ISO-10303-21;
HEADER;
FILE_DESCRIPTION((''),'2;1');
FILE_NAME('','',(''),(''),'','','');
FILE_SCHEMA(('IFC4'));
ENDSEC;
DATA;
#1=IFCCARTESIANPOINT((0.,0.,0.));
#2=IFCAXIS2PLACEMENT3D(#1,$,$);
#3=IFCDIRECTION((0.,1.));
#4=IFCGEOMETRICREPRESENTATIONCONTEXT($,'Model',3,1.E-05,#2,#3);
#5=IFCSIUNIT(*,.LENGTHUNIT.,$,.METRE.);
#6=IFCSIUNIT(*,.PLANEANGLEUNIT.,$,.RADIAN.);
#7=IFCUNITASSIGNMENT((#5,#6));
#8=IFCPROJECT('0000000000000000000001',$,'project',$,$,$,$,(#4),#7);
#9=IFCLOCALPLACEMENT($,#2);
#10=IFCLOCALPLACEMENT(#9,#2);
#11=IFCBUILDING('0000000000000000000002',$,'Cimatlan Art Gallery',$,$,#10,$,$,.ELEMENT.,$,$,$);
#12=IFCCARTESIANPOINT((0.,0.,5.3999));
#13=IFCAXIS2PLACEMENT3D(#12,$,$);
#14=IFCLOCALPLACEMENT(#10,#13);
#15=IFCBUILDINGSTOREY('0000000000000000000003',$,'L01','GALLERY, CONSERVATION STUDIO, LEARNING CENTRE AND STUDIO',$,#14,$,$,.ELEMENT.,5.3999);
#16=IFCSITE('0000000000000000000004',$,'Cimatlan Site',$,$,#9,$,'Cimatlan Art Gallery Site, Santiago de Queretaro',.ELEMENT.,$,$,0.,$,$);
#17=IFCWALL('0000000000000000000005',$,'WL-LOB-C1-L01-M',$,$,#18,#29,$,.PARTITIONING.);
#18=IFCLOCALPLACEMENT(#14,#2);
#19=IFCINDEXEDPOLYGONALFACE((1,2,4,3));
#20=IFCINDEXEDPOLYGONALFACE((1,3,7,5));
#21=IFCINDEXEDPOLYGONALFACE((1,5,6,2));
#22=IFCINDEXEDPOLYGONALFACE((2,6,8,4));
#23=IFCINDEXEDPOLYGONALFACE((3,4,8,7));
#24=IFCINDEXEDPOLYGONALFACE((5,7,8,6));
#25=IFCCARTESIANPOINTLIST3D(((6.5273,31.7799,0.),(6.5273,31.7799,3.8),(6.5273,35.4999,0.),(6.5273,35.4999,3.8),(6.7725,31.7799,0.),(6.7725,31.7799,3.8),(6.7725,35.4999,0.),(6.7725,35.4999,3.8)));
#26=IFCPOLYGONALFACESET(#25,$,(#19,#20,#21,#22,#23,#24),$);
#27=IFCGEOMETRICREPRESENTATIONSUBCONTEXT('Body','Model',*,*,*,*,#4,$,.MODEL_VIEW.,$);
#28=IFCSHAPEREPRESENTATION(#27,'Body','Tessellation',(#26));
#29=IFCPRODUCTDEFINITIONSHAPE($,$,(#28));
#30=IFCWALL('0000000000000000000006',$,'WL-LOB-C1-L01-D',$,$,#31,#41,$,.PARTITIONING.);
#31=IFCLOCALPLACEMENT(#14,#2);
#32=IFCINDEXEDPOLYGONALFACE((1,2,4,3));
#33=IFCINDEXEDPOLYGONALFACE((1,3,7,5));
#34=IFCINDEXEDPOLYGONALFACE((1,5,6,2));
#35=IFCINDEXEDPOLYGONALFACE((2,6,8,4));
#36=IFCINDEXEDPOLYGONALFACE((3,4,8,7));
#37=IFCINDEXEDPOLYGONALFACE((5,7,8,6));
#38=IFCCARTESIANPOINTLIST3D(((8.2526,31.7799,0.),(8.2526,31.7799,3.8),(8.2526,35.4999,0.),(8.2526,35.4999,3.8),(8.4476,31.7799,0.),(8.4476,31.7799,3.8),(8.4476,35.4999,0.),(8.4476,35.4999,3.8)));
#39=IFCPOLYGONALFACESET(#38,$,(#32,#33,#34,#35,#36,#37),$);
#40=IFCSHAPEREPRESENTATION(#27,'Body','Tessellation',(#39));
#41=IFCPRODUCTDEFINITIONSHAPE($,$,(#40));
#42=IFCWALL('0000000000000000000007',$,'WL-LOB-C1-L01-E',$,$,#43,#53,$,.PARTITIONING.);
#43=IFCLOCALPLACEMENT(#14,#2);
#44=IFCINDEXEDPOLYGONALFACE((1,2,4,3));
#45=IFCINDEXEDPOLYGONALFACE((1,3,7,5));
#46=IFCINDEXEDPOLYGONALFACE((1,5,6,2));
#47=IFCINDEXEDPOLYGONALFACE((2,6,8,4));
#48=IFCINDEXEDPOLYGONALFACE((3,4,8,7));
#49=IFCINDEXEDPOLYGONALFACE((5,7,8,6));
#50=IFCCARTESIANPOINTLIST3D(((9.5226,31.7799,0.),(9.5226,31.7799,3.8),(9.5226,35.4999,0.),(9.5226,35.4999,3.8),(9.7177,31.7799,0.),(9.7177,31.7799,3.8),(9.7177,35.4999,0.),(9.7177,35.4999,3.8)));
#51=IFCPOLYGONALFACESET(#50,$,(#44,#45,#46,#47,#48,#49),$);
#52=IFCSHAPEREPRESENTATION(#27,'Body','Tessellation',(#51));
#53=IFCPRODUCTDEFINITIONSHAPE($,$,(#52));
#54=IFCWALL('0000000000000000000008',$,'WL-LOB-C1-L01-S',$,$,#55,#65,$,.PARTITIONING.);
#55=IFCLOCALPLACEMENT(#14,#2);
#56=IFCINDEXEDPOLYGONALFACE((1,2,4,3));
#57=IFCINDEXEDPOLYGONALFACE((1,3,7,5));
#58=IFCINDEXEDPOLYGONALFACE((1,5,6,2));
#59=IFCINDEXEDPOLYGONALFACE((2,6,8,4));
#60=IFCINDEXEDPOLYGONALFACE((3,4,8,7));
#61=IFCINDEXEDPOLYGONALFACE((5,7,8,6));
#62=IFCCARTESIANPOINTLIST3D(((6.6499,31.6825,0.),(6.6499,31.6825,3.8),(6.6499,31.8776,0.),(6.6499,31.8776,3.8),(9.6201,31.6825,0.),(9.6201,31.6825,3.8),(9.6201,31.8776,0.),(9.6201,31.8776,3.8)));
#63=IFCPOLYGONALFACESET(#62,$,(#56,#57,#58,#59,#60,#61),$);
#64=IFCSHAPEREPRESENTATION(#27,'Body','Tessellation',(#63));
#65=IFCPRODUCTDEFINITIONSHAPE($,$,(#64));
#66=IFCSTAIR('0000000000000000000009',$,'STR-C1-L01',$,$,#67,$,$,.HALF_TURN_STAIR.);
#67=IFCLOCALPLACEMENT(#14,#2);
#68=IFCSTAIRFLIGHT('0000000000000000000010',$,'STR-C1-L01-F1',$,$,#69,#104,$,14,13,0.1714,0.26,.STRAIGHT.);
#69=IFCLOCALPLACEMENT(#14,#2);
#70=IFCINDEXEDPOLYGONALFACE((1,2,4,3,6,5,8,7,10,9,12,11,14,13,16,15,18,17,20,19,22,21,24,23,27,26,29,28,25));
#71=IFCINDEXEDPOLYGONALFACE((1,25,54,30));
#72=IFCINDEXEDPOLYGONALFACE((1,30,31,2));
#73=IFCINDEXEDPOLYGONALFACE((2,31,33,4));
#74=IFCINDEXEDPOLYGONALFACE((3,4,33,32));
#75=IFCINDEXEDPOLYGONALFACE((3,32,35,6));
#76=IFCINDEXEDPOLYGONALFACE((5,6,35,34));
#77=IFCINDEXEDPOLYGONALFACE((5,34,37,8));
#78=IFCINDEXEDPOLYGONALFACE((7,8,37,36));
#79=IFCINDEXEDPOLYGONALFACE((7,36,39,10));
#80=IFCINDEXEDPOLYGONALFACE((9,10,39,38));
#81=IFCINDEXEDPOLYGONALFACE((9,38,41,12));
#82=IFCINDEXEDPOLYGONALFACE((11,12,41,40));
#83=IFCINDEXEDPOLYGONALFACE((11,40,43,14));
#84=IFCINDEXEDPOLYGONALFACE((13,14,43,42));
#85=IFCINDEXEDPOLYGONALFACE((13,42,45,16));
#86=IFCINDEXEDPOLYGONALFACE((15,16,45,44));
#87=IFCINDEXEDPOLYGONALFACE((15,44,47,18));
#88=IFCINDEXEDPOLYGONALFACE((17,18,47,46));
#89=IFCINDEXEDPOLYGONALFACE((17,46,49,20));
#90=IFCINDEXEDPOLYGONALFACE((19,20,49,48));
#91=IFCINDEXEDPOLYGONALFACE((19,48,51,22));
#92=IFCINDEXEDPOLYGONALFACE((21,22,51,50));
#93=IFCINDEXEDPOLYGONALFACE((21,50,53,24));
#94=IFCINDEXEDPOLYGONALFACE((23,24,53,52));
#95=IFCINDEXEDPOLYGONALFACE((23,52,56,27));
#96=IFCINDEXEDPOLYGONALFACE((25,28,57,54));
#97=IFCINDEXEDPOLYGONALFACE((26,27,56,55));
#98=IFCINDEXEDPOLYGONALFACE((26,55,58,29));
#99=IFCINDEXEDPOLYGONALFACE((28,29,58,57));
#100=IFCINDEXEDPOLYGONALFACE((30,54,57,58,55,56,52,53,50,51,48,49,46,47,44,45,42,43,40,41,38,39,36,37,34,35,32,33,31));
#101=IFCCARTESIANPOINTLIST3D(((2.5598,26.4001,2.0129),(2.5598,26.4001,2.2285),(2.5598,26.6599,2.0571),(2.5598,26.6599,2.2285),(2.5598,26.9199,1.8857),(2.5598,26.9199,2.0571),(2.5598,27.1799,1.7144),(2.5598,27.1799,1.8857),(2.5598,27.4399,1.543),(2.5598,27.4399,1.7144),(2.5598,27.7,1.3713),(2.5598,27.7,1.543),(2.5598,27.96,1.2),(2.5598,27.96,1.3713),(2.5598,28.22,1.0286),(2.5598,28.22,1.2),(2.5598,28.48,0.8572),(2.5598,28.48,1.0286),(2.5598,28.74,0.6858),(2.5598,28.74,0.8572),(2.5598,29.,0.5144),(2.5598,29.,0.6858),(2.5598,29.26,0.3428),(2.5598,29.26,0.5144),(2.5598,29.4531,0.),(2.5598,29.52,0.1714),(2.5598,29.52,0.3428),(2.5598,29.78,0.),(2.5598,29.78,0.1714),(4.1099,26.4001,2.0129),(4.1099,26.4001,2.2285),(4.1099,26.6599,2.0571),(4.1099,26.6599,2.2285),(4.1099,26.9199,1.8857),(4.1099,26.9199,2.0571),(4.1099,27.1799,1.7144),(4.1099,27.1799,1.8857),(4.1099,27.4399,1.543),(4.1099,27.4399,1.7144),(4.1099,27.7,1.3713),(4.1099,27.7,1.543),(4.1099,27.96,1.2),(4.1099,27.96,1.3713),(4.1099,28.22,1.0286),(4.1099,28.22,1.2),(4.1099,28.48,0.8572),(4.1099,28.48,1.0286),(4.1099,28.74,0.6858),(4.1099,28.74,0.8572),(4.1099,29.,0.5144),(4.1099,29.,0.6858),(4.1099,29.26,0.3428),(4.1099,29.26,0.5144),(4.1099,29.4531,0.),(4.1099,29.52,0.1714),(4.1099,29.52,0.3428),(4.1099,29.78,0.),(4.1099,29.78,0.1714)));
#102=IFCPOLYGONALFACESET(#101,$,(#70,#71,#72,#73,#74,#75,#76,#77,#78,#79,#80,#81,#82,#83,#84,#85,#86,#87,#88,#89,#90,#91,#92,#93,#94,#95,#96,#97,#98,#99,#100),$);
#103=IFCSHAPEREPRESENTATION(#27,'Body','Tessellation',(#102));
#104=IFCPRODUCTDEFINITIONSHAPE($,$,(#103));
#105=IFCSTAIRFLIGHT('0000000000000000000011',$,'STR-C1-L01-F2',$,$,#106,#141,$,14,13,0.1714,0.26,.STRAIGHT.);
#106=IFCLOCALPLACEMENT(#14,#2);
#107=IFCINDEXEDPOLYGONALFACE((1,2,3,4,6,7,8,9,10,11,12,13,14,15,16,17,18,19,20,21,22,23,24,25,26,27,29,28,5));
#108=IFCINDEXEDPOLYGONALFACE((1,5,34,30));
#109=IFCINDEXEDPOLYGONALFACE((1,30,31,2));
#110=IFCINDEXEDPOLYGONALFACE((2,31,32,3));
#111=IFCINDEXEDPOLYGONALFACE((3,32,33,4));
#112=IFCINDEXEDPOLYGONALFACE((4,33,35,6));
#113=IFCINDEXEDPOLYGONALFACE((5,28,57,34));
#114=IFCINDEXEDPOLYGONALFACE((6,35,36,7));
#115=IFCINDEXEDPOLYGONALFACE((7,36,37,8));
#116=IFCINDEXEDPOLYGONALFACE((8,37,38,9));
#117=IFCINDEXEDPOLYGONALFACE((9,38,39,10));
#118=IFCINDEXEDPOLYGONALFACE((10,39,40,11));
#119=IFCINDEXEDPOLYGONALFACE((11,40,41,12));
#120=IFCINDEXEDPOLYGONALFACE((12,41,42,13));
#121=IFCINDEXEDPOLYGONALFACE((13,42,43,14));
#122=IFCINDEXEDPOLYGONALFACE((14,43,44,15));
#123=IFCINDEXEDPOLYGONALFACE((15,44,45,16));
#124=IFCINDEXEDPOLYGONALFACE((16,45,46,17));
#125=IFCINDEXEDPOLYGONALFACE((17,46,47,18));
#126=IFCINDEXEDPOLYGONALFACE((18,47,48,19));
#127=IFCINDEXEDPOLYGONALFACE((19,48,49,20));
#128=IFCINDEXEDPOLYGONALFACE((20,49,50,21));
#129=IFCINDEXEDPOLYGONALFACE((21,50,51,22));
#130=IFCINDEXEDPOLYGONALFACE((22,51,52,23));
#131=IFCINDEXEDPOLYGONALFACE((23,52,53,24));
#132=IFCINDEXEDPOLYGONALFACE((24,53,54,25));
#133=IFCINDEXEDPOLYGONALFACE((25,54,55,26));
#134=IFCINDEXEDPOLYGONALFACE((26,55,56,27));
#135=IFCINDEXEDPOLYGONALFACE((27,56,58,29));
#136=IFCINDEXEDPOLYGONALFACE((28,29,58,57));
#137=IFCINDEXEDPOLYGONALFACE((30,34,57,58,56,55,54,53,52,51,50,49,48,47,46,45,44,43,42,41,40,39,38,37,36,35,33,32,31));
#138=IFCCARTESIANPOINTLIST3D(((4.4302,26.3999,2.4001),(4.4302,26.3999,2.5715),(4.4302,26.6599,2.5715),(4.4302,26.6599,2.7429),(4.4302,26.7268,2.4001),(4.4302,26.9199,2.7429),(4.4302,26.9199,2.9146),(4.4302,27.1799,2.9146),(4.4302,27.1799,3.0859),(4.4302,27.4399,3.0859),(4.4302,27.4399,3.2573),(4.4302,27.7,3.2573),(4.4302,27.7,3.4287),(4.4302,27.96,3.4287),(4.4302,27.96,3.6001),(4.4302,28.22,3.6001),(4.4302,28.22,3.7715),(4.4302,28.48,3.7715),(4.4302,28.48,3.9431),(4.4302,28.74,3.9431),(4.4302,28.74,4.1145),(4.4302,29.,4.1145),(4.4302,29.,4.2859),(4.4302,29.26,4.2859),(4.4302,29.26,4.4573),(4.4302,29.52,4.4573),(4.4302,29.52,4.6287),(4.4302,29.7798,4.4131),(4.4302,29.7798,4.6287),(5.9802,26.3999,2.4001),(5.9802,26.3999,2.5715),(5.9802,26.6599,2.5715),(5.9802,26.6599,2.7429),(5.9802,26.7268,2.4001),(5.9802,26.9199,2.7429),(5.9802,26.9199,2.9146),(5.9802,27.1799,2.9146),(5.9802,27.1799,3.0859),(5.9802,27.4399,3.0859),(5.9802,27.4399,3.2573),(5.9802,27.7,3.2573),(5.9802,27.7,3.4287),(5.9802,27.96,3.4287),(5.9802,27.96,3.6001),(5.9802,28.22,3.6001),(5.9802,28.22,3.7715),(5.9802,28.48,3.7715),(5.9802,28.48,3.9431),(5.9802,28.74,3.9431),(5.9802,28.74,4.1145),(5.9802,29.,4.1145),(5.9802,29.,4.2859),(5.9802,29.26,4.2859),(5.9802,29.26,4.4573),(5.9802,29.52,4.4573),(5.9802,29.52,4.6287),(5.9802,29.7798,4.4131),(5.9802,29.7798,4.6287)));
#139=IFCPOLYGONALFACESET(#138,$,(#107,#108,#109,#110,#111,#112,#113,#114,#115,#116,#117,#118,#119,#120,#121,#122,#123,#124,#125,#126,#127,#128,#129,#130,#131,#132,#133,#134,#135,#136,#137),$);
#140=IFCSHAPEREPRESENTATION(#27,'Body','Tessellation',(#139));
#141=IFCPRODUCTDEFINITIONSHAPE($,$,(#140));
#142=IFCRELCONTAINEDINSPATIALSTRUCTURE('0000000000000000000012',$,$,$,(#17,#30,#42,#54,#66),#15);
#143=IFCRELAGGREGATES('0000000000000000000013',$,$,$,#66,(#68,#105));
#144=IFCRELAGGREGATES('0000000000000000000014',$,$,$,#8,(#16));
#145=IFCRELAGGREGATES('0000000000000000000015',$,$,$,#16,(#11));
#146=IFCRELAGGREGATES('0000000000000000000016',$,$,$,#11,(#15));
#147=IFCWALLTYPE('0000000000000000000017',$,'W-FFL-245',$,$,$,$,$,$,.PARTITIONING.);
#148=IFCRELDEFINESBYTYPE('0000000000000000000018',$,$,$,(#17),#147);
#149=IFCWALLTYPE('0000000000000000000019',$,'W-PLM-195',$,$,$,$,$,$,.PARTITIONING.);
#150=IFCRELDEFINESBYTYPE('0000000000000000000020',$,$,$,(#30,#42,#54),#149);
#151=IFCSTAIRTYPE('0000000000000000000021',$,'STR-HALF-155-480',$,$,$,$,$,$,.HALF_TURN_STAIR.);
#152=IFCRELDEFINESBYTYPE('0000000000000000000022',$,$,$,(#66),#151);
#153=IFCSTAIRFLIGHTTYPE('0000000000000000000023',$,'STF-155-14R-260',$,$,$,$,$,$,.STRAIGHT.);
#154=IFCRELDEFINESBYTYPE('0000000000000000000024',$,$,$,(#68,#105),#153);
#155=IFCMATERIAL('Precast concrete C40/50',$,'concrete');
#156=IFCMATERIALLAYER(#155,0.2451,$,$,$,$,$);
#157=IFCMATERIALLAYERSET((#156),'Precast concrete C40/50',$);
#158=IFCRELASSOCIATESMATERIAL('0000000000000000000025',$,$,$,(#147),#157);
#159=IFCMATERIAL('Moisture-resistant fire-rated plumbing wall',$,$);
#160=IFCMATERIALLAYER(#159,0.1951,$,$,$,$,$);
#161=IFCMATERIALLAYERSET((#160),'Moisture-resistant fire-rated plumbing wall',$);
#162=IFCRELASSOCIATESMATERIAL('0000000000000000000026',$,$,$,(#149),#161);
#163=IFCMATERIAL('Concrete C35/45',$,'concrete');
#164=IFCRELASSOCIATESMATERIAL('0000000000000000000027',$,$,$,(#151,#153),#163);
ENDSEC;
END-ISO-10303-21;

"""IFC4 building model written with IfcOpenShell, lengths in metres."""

from ifc_helpers import new_model, si_unit, direction, frame, frame_2d, origin, place, context, subcontext, project, spatial, polyline, rectangle, outline, extrude, material, layer, layer_set, type_object, element, aggregate, save


model = new_model("IFC4")

# Units and contexts
model_context = context("Model", 3, precision=1e-05, world=origin(), true_north=direction((0.0, 1.0)))
body_context = subcontext(model_context, "Body", "Model", "MODEL_VIEW")
ifc_project = project(units=[si_unit("LENGTHUNIT", "METRE"), si_unit("PLANEANGLEUNIT", "RADIAN")], contexts=[model_context])

# Site, building, storey
site_placement = place(None, origin())
site = spatial("IfcSite", under=ifc_project, at=site_placement, Name="Cimatlan Site", LongName="Cimatlan Art Gallery Site, Santiago de Queretaro", CompositionType="ELEMENT", RefElevation=0.0)
building_placement = place(site_placement, origin())
building = spatial("IfcBuilding", under=site, at=building_placement, Name="Cimatlan Art Gallery", CompositionType="ELEMENT")
storey_placement = place(building_placement, frame((0.0, 0.0, 5.3999)))
storey = spatial("IfcBuildingStorey", under=building, at=storey_placement, Name="L01", Description="GALLERY, CONSERVATION STUDIO, LEARNING CENTRE AND STUDIO", CompositionType="ELEMENT", Elevation=5.3999)

# Walls
ifc_material_1 = material(Name="Precast concrete C40/50", Category="concrete")
ifc_layer_1 = layer(ifc_material_1, 0.2451)
ifc_layer_set_1 = layer_set([ifc_layer_1], Name="Precast concrete C40/50")
wall_type_1 = type_object("IfcWallType", Name="W-FFL-245", PredefinedType="PARTITIONING", material=ifc_layer_set_1)
wall_1_placement = place(storey_placement, frame((6.6499, 31.78, 0.0), z_axis=(0.0, 0.0, 1.0), x_axis=(0.0, 1.0, 0.0)))
element("IfcWall", 1, at=wall_1_placement, inside=storey, type_object=wall_type_1, Name="WL-LOB-C1-L01-M", PredefinedType="PARTITIONING", context=body_context, shape_type="SweptSolid", body=[
    extrude(rectangle(XDim=3.72, YDim=0.2451, at=frame_2d((1.8599, 0.0))), origin(), (0.0, 0.0, 1.0), 3.8),
])
ifc_material_2 = material(Name="Moisture-resistant fire-rated plumbing wall")
ifc_layer_2 = layer(ifc_material_2, 0.1951)
ifc_layer_set_2 = layer_set([ifc_layer_2], Name="Moisture-resistant fire-rated plumbing wall")
wall_type_2 = type_object("IfcWallType", Name="W-PLM-195", PredefinedType="PARTITIONING", material=ifc_layer_set_2)
for number, where, z_axis, x_axis, name in (
    (2, (8.3501, 31.78, 0.0), (0.0, 0.0, 1.0), (0.0, 1.0, 0.0), "WL-LOB-C1-L01-D"),
    (3, (9.6201, 31.78, 0.0), (0.0, 0.0, 1.0), (0.0, 1.0, 0.0), "WL-LOB-C1-L01-E"),
):
    element("IfcWall", number, at=place(storey_placement, frame(where, z_axis=z_axis, x_axis=x_axis)), inside=storey, type_object=wall_type_2, Name=name, PredefinedType="PARTITIONING", context=body_context, shape_type="SweptSolid", body=[
        extrude(rectangle(XDim=3.72, YDim=0.1951, at=frame_2d((1.8599, 0.0))), origin(), (0.0, 0.0, 1.0), 3.8),
    ])
wall_2_placement = place(storey_placement, frame((6.6499, 31.78, 0.0), z_axis=(0.0, 0.0, 1.0), x_axis=(1.0, 0.0, 0.0)))
element("IfcWall", 4, at=wall_2_placement, inside=storey, type_object=wall_type_2, Name="WL-LOB-C1-L01-S", PredefinedType="PARTITIONING", context=body_context, shape_type="SweptSolid", body=[
    extrude(rectangle(XDim=2.9702, YDim=0.1951, at=frame_2d((1.4851, 0.0))), origin(), (0.0, 0.0, 1.0), 3.8),
])

# Stair, stair flights
ifc_material_3 = material(Name="Concrete C35/45", Category="concrete")
stair_type = type_object("IfcStairType", Name="STR-HALF-155-480", PredefinedType="HALF_TURN_STAIR", material=ifc_material_3)
stair_placement = place(storey_placement, origin())
stair = element("IfcStair", 5, at=stair_placement, inside=storey, type_object=stair_type, Name="STR-C1-L01", PredefinedType="HALF_TURN_STAIR")
stair_flight_type = type_object("IfcStairFlightType", Name="STF-155-14R-260", PredefinedType="STRAIGHT", material=ifc_material_3)
stair_flight_1_placement = place(storey_placement, frame((3.335, 29.78, 0.0), z_axis=(0.0, 0.0, 1.0), x_axis=(0.0, -1.0, 0.0)))
stair_flight_1 = element("IfcStairFlight", 6, at=stair_flight_1_placement, type_object=stair_flight_type, Name="STR-C1-L01-F1", NumberOfRisers=14, NumberOfTreads=13, PredefinedType="STRAIGHT", RiserHeight=0.1714, TreadLength=0.26, context=body_context, shape_type="SweptSolid", body=[
    extrude(outline(polyline([(0.0, 0.0), (0.0, 0.1714), (0.26, 0.1714), (0.26, 0.3428), (0.52, 0.3428), (0.52, 0.5144), (0.78, 0.5144), (0.78, 0.6858), (1.04, 0.6858), (1.04, 0.8572), (1.3, 0.8572), (1.3, 1.0286), (1.5601, 1.0286), (1.5601, 1.2), (1.8201, 1.2), (1.8201, 1.3713), (2.0801, 1.3713), (2.0801, 1.543), (2.3401, 1.543), (2.3401, 1.7144), (2.6001, 1.7144), (2.6001, 1.8857), (2.8601, 1.8857), (2.8601, 2.0571), (3.1201, 2.0571), (3.1201, 2.2285), (3.3799, 2.2285), (3.3799, 2.3999), (3.3799, 2.0129), (0.3269, 0.0), (0.0, 0.0)])), frame((0.0, 0.7749, 0.0), z_axis=(0.0, -1.0, 0.0), x_axis=(1.0, 0.0, 0.0)), (0.0, 0.0, 1.0), 1.55),
])
stair_flight_2_placement = place(storey_placement, frame((5.2051, 26.3999, 2.4001), z_axis=(0.0, 0.0, 1.0), x_axis=(0.0, 1.0, 0.0)))
stair_flight_2 = element("IfcStairFlight", 7, at=stair_flight_2_placement, type_object=stair_flight_type, Name="STR-C1-L01-F2", NumberOfRisers=14, NumberOfTreads=13, PredefinedType="STRAIGHT", RiserHeight=0.1714, TreadLength=0.26, context=body_context, shape_type="SweptSolid", body=[
    extrude(outline(polyline([(0.0, 0.0), (0.0, 0.1714), (0.26, 0.1714), (0.26, 0.3428), (0.52, 0.3428), (0.52, 0.5144), (0.78, 0.5144), (0.78, 0.6858), (1.04, 0.6858), (1.04, 0.8572), (1.3, 0.8572), (1.3, 1.0286), (1.5601, 1.0286), (1.5601, 1.2), (1.8201, 1.2), (1.8201, 1.3713), (2.0801, 1.3713), (2.0801, 1.543), (2.3401, 1.543), (2.3401, 1.7144), (2.6001, 1.7144), (2.6001, 1.8857), (2.8601, 1.8857), (2.8601, 2.0571), (3.1201, 2.0571), (3.1201, 2.2285), (3.3799, 2.2285), (3.3799, 2.3999), (3.3799, 2.0129), (0.3269, 0.0), (0.0, 0.0)])), frame((0.0, 0.7749, 0.0), z_axis=(0.0, -1.0, 0.0), x_axis=(1.0, 0.0, 0.0)), (0.0, 0.0, 1.0), 1.55),
])
aggregate(stair, [stair_flight_1, stair_flight_2])

save(model, "model.ifc")
